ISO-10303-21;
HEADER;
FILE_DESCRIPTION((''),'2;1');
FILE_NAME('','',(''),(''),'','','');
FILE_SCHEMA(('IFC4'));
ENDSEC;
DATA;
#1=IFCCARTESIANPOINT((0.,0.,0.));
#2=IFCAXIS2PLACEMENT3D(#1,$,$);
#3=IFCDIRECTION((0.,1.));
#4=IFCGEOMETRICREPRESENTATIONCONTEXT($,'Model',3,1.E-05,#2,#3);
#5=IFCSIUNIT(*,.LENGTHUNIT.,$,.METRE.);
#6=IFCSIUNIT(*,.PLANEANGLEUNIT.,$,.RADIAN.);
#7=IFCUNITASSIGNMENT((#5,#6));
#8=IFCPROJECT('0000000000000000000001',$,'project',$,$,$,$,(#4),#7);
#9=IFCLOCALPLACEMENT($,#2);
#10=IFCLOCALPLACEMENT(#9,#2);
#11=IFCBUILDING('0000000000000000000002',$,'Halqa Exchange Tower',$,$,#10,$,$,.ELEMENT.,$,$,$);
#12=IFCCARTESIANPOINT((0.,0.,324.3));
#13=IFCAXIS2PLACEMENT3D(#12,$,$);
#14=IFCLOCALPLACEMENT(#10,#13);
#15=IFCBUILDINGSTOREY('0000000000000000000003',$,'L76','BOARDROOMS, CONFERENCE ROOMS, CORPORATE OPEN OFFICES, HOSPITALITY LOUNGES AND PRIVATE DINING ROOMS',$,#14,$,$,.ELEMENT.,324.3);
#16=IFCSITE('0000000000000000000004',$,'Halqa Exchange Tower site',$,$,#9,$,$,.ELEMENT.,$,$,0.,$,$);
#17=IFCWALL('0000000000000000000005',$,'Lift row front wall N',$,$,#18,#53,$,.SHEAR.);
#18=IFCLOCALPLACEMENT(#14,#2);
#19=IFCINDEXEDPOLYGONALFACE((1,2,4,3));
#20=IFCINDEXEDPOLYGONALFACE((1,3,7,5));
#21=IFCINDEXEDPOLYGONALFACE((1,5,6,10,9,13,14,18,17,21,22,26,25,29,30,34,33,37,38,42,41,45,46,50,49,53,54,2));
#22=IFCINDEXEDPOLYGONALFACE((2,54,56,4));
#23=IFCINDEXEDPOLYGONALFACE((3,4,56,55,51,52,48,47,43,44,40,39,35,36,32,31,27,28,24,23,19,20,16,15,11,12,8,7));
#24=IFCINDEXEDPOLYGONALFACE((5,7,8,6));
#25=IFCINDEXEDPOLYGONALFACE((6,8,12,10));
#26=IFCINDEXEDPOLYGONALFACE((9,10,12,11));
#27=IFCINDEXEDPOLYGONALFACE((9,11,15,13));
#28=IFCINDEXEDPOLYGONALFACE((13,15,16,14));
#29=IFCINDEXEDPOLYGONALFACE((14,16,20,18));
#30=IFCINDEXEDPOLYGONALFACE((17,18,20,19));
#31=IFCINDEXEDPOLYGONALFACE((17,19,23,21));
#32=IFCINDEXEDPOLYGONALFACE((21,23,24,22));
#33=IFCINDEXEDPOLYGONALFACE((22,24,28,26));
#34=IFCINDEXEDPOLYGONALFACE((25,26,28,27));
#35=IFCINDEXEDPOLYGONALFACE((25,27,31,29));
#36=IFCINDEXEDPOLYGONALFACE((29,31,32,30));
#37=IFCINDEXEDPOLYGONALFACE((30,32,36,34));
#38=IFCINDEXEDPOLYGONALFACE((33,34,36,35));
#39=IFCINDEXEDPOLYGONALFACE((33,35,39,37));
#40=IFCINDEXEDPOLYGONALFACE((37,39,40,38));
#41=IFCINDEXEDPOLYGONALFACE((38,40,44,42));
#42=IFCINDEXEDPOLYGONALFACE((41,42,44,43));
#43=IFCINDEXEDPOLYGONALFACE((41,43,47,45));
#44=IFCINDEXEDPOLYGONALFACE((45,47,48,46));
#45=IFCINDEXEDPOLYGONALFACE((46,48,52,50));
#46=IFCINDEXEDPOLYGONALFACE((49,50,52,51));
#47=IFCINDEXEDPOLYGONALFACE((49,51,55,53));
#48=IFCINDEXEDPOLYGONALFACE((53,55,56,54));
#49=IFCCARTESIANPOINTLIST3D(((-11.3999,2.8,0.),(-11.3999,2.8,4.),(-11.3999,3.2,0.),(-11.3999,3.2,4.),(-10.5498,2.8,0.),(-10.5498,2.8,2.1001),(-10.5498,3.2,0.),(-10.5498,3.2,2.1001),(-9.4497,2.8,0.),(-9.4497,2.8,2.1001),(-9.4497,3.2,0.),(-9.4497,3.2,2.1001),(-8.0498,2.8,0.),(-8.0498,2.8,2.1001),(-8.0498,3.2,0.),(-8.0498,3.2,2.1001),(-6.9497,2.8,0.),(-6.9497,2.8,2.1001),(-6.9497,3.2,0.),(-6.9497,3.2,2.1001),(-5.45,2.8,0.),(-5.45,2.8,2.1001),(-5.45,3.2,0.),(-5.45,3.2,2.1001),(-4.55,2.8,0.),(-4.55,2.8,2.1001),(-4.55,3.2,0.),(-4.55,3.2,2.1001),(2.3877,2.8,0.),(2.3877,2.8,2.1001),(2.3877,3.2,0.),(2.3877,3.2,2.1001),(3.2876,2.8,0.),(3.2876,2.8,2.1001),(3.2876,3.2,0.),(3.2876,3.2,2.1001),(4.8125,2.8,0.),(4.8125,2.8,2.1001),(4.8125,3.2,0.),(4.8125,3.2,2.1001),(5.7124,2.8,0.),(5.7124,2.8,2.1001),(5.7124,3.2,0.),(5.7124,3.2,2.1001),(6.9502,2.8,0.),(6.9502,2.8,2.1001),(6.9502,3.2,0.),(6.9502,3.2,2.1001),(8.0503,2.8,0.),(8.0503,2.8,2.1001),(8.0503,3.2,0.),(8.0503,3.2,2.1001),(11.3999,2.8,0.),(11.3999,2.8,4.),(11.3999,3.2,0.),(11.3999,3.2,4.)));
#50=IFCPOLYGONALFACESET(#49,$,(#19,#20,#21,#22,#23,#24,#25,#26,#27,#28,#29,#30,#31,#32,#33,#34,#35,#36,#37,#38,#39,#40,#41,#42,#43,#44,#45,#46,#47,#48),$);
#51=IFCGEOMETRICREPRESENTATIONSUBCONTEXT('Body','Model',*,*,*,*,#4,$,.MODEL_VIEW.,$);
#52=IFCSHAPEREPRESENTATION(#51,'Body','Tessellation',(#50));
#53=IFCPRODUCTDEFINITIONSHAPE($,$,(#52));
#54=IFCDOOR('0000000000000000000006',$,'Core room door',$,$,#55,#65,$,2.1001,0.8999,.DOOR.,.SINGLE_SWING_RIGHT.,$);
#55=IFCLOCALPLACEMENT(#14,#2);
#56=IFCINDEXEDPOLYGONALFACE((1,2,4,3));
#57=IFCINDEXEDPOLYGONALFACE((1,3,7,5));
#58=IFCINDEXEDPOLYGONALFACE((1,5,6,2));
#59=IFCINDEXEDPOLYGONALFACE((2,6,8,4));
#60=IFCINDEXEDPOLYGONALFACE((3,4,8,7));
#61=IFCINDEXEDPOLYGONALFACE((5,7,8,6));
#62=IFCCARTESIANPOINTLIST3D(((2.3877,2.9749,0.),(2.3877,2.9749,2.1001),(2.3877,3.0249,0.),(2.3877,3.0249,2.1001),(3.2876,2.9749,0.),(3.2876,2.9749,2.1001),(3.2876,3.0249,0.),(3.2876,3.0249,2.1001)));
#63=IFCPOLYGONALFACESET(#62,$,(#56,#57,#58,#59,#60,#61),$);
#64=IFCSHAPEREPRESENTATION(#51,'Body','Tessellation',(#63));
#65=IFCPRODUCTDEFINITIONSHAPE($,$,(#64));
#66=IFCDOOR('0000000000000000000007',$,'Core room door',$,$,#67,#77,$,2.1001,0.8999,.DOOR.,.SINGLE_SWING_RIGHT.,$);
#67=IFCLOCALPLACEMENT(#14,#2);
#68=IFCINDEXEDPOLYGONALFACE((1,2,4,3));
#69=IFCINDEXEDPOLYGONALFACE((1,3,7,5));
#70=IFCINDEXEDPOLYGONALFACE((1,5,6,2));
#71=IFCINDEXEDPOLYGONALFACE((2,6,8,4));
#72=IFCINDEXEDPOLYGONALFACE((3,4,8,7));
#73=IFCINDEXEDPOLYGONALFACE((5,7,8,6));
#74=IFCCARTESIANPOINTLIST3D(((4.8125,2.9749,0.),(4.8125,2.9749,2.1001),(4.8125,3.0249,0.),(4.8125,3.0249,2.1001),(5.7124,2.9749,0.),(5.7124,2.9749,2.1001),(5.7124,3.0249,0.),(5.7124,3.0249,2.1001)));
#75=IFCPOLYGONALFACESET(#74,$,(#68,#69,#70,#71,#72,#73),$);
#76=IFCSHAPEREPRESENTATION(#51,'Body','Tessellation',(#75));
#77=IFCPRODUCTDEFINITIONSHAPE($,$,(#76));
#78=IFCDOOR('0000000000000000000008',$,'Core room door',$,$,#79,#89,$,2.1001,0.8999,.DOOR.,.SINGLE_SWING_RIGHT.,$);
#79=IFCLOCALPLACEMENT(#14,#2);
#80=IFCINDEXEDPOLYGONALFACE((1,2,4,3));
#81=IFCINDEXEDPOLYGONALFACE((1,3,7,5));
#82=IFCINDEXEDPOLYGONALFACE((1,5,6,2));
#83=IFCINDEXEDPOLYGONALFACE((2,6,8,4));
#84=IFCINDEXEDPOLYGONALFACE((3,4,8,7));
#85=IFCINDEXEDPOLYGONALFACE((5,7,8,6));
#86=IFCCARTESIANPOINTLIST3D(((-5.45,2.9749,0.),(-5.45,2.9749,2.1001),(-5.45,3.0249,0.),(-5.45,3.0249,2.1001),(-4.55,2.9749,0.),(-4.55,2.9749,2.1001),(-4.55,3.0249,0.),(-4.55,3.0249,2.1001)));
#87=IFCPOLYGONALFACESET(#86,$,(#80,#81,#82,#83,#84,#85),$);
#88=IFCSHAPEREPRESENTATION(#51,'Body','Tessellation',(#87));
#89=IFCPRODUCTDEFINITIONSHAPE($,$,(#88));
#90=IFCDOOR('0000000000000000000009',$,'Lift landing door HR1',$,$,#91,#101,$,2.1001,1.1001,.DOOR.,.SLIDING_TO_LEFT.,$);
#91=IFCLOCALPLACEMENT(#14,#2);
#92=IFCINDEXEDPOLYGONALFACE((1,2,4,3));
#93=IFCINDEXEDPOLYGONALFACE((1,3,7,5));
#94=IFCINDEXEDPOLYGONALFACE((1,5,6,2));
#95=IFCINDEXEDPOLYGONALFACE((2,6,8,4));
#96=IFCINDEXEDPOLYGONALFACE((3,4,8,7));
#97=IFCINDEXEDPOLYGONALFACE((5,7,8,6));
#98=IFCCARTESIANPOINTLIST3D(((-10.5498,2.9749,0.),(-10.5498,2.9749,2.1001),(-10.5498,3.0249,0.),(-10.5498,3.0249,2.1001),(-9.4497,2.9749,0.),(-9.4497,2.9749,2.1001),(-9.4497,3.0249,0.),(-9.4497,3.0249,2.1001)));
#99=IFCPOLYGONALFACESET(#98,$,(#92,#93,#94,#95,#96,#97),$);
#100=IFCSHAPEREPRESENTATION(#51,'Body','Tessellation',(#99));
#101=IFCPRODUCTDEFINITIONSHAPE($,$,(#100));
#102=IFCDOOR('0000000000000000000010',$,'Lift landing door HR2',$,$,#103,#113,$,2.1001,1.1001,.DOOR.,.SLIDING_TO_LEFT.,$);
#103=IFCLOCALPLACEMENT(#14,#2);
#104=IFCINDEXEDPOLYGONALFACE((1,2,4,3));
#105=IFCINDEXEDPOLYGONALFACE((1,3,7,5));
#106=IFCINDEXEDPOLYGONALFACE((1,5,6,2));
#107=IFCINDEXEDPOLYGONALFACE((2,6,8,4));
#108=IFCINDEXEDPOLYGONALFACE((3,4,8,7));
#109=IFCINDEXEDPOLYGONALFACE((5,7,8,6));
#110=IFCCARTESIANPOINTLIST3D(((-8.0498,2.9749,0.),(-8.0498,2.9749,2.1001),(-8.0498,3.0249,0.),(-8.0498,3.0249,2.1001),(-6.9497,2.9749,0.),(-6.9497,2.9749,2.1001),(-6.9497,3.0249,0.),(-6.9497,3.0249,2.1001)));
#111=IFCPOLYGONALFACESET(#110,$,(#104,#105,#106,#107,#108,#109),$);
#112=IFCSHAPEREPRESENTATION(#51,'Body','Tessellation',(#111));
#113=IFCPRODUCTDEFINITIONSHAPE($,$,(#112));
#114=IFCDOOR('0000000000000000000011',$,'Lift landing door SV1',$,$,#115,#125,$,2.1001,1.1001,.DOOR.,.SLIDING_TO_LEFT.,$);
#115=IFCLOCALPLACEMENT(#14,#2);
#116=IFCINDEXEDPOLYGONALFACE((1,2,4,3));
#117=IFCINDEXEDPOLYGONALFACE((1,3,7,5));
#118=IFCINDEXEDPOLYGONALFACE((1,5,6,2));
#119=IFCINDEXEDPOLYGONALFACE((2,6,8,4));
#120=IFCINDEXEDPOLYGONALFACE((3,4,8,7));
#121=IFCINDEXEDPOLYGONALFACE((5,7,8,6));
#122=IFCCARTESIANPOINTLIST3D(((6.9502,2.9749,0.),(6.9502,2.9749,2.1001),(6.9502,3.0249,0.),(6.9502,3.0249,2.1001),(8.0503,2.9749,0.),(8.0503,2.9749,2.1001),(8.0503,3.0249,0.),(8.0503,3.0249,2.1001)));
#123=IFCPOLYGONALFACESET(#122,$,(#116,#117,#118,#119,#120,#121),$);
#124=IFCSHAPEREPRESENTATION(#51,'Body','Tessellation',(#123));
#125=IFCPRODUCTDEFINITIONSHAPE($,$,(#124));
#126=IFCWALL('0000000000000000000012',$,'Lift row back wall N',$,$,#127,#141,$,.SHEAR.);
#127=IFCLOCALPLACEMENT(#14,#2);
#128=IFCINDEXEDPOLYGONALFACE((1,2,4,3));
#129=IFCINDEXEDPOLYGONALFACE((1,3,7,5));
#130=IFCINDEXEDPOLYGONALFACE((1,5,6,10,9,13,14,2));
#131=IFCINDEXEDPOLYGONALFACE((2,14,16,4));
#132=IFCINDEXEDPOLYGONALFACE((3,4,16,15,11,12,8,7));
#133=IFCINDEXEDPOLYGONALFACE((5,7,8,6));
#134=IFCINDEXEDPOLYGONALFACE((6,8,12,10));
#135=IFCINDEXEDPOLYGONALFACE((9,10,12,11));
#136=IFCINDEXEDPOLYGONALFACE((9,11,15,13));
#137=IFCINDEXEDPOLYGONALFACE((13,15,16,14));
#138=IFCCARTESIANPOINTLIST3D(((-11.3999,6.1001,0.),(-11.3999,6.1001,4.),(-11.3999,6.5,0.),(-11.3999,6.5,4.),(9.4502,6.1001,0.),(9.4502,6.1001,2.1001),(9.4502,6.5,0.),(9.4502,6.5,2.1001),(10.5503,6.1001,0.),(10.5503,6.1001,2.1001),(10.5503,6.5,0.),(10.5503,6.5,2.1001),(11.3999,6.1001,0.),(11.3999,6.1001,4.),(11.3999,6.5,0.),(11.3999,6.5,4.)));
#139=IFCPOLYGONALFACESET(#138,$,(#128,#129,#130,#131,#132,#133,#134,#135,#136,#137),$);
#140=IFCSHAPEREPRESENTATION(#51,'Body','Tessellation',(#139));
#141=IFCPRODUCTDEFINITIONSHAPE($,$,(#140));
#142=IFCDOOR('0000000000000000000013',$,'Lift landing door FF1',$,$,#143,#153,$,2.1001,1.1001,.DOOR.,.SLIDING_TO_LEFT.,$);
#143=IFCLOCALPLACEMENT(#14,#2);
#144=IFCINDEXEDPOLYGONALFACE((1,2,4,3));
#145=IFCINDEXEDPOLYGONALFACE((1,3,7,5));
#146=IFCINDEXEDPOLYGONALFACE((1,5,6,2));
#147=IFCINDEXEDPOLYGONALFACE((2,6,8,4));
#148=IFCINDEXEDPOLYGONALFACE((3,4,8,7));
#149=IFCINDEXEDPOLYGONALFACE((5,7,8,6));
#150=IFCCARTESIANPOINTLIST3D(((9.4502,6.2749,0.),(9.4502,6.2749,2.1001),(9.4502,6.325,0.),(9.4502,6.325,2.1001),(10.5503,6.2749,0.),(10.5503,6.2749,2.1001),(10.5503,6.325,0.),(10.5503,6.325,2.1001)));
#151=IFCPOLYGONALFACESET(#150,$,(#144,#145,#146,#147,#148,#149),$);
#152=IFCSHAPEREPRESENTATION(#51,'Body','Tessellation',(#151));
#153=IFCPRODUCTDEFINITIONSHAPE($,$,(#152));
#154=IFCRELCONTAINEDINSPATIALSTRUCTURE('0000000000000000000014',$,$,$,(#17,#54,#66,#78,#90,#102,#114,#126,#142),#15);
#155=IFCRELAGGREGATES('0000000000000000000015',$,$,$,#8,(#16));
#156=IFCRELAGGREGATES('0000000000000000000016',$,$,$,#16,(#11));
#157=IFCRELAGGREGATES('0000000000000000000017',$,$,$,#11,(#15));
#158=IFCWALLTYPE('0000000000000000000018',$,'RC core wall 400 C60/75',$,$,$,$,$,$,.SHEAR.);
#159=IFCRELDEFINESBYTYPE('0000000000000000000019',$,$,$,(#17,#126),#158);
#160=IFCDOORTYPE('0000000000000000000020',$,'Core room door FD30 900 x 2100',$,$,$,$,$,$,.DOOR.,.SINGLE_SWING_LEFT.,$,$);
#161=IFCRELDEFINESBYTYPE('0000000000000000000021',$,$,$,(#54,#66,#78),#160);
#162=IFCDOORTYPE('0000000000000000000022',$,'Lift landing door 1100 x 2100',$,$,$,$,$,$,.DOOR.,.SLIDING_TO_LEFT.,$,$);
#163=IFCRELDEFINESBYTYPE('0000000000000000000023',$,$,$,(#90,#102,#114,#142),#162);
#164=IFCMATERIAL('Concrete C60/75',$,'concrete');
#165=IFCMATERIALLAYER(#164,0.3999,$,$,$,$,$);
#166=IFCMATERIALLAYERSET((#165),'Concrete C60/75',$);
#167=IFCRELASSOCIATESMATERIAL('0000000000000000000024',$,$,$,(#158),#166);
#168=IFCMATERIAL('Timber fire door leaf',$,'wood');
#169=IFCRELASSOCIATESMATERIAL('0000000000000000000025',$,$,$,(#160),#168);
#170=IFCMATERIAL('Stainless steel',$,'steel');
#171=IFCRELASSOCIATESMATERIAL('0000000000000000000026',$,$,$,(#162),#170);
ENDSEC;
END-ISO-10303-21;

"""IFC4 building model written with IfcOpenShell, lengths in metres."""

from ifc_helpers import new_model, si_unit, direction, frame, frame_2d, origin, place, context, subcontext, project, spatial, rectangle, extrude, material, layer, layer_set, type_object, element, fill, save


model = new_model("IFC4")

# Units and contexts
model_context = context("Model", 3, precision=1e-05, world=origin(), true_north=direction((0.0, 1.0)))
body_context = subcontext(model_context, "Body", "Model", "MODEL_VIEW")
ifc_project = project(units=[si_unit("LENGTHUNIT", "METRE"), si_unit("PLANEANGLEUNIT", "RADIAN")], contexts=[model_context])

# Site, building, storey
site_placement = place(None, origin())
site = spatial("IfcSite", under=ifc_project, at=site_placement, Name="Halqa Exchange Tower site", CompositionType="ELEMENT", RefElevation=0.0)
building_placement = place(site_placement, origin())
building = spatial("IfcBuilding", under=site, at=building_placement, Name="Halqa Exchange Tower", CompositionType="ELEMENT")
storey_placement = place(building_placement, frame((0.0, 0.0, 324.3)))
storey = spatial("IfcBuildingStorey", under=building, at=storey_placement, Name="L76", Description="BOARDROOMS, CONFERENCE ROOMS, CORPORATE OPEN OFFICES, HOSPITALITY LOUNGES AND PRIVATE DINING ROOMS", CompositionType="ELEMENT", Elevation=324.3)

# Shared definitions
ifc_material_1 = material(Name="Concrete C60/75", Category="concrete")

# Wall, openings, doors
ifc_layer_1 = layer(ifc_material_1, 0.3999)
ifc_layer_set_1 = layer_set([ifc_layer_1], Name="Concrete C60/75")
wall_type_1 = type_object("IfcWallType", Name="RC core wall 400 C60/75", PredefinedType="SHEAR", material=ifc_layer_set_1)
wall_1_placement = place(storey_placement, frame((-11.3999, 3.0, 0.0), z_axis=(0.0, 0.0, 1.0), x_axis=(1.0, 0.0, 0.0)))
wall_1 = element("IfcWall", 1, at=wall_1_placement, inside=storey, type_object=wall_type_1, Name="Lift row front wall N", PredefinedType="SHEAR", context=body_context, shape_type="SweptSolid", body=[
    extrude(rectangle(XDim=22.7998, YDim=0.3999, at=frame_2d((11.3999, 0.0))), origin(), (0.0, 0.0, 1.0), 4.0),
])
opening_1_placement = place(wall_1_placement, frame((0.8501, 0.0, 0.0)))
opening_1 = element("IfcOpeningElement", 2, at=opening_1_placement, cuts=wall_1, PredefinedType="OPENING", context=body_context, shape_type="SweptSolid", body=[
    extrude(rectangle(XDim=1.1001, YDim=2.1001, at=frame_2d((0.55, 1.05))), frame((0.0, 0.2119, 0.0), z_axis=(0.0, -1.0, 0.0), x_axis=(1.0, 0.0, 0.0)), (0.0, 0.0, 1.0), 0.4238),
])
opening_2_placement = place(wall_1_placement, frame((3.3501, 0.0, 0.0)))
opening_2 = element("IfcOpeningElement", 3, at=opening_2_placement, cuts=wall_1, PredefinedType="OPENING", context=body_context, shape_type="SweptSolid", body=[
    extrude(rectangle(XDim=1.1001, YDim=2.1001, at=frame_2d((0.55, 1.05))), frame((0.0, 0.2119, 0.0), z_axis=(0.0, -1.0, 0.0), x_axis=(1.0, 0.0, 0.0)), (0.0, 0.0, 1.0), 0.4238),
])
opening_3_placement = place(wall_1_placement, frame((18.3501, 0.0, 0.0)))
opening_3 = element("IfcOpeningElement", 4, at=opening_3_placement, cuts=wall_1, PredefinedType="OPENING", context=body_context, shape_type="SweptSolid", body=[
    extrude(rectangle(XDim=1.1001, YDim=2.1001, at=frame_2d((0.55, 1.05))), frame((0.0, 0.2119, 0.0), z_axis=(0.0, -1.0, 0.0), x_axis=(1.0, 0.0, 0.0)), (0.0, 0.0, 1.0), 0.4238),
])
opening_4_placement = place(wall_1_placement, frame((13.7876, 0.0, 0.0)))
opening_4 = element("IfcOpeningElement", 5, at=opening_4_placement, cuts=wall_1, PredefinedType="OPENING", context=body_context, shape_type="SweptSolid", body=[
    extrude(rectangle(XDim=0.8999, YDim=2.1001, at=frame_2d((0.45, 1.05))), frame((0.0, 0.2119, 0.0), z_axis=(0.0, -1.0, 0.0), x_axis=(1.0, 0.0, 0.0)), (0.0, 0.0, 1.0), 0.4238),
])
opening_5_placement = place(wall_1_placement, frame((16.2124, 0.0, 0.0)))
opening_5 = element("IfcOpeningElement", 6, at=opening_5_placement, cuts=wall_1, PredefinedType="OPENING", context=body_context, shape_type="SweptSolid", body=[
    extrude(rectangle(XDim=0.8999, YDim=2.1001, at=frame_2d((0.45, 1.05))), frame((0.0, 0.2119, 0.0), z_axis=(0.0, -1.0, 0.0), x_axis=(1.0, 0.0, 0.0)), (0.0, 0.0, 1.0), 0.4238),
])
opening_6_placement = place(wall_1_placement, frame((5.95, 0.0, 0.0)))
opening_6 = element("IfcOpeningElement", 7, at=opening_6_placement, cuts=wall_1, PredefinedType="OPENING", context=body_context, shape_type="SweptSolid", body=[
    extrude(rectangle(XDim=0.8999, YDim=2.1001, at=frame_2d((0.45, 1.05))), frame((0.0, 0.2119, 0.0), z_axis=(0.0, -1.0, 0.0), x_axis=(1.0, 0.0, 0.0)), (0.0, 0.0, 1.0), 0.4238),
])
ifc_material_2 = material(Name="Timber fire door leaf", Category="wood")
door_type_1 = type_object("IfcDoorType", Name="Core room door FD30 900 x 2100", OperationType="SINGLE_SWING_LEFT", PredefinedType="DOOR", material=ifc_material_2)
door_1_placement = place(opening_4_placement, origin())
door_1 = element("IfcDoor", 8, at=door_1_placement, inside=storey, type_object=door_type_1, Name="Core room door", OperationType="SINGLE_SWING_RIGHT", OverallHeight=2.1001, OverallWidth=0.8999, PredefinedType="DOOR", context=body_context, shape_type="SweptSolid", body=[
    extrude(rectangle(XDim=0.8999, YDim=2.1001, at=frame_2d((0.45, 1.05))), frame((0.0, 0.0249, 0.0), z_axis=(0.0, -1.0, 0.0), x_axis=(1.0, 0.0, 0.0)), (0.0, 0.0, 1.0), 0.05),
])
fill(opening_4, door_1)
door_2_placement = place(opening_5_placement, origin())
door_2 = element("IfcDoor", 9, at=door_2_placement, inside=storey, type_object=door_type_1, Name="Core room door", OperationType="SINGLE_SWING_RIGHT", OverallHeight=2.1001, OverallWidth=0.8999, PredefinedType="DOOR", context=body_context, shape_type="SweptSolid", body=[
    extrude(rectangle(XDim=0.8999, YDim=2.1001, at=frame_2d((0.45, 1.05))), frame((0.0, 0.0249, 0.0), z_axis=(0.0, -1.0, 0.0), x_axis=(1.0, 0.0, 0.0)), (0.0, 0.0, 1.0), 0.05),
])
fill(opening_5, door_2)
door_3_placement = place(opening_6_placement, origin())
door_3 = element("IfcDoor", 10, at=door_3_placement, inside=storey, type_object=door_type_1, Name="Core room door", OperationType="SINGLE_SWING_RIGHT", OverallHeight=2.1001, OverallWidth=0.8999, PredefinedType="DOOR", context=body_context, shape_type="SweptSolid", body=[
    extrude(rectangle(XDim=0.8999, YDim=2.1001, at=frame_2d((0.45, 1.05))), frame((0.0, 0.0249, 0.0), z_axis=(0.0, -1.0, 0.0), x_axis=(1.0, 0.0, 0.0)), (0.0, 0.0, 1.0), 0.05),
])
fill(opening_6, door_3)
ifc_material_3 = material(Name="Stainless steel", Category="steel")
door_type_2 = type_object("IfcDoorType", Name="Lift landing door 1100 x 2100", OperationType="SLIDING_TO_LEFT", PredefinedType="DOOR", material=ifc_material_3)
door_4_placement = place(opening_1_placement, origin())
door_4 = element("IfcDoor", 11, at=door_4_placement, inside=storey, type_object=door_type_2, Name="Lift landing door HR1", OperationType="SLIDING_TO_LEFT", OverallHeight=2.1001, OverallWidth=1.1001, PredefinedType="DOOR", context=body_context, shape_type="SweptSolid", body=[
    extrude(rectangle(XDim=1.1001, YDim=2.1001, at=frame_2d((0.55, 1.05))), frame((0.0, 0.0249, 0.0), z_axis=(0.0, -1.0, 0.0), x_axis=(1.0, 0.0, 0.0)), (0.0, 0.0, 1.0), 0.05),
])
fill(opening_1, door_4)
door_5_placement = place(opening_2_placement, origin())
door_5 = element("IfcDoor", 12, at=door_5_placement, inside=storey, type_object=door_type_2, Name="Lift landing door HR2", OperationType="SLIDING_TO_LEFT", OverallHeight=2.1001, OverallWidth=1.1001, PredefinedType="DOOR", context=body_context, shape_type="SweptSolid", body=[
    extrude(rectangle(XDim=1.1001, YDim=2.1001, at=frame_2d((0.55, 1.05))), frame((0.0, 0.0249, 0.0), z_axis=(0.0, -1.0, 0.0), x_axis=(1.0, 0.0, 0.0)), (0.0, 0.0, 1.0), 0.05),
])
fill(opening_2, door_5)
door_6_placement = place(opening_3_placement, origin())
door_6 = element("IfcDoor", 13, at=door_6_placement, inside=storey, type_object=door_type_2, Name="Lift landing door SV1", OperationType="SLIDING_TO_LEFT", OverallHeight=2.1001, OverallWidth=1.1001, PredefinedType="DOOR", context=body_context, shape_type="SweptSolid", body=[
    extrude(rectangle(XDim=1.1001, YDim=2.1001, at=frame_2d((0.55, 1.05))), frame((0.0, 0.0249, 0.0), z_axis=(0.0, -1.0, 0.0), x_axis=(1.0, 0.0, 0.0)), (0.0, 0.0, 1.0), 0.05),
])
fill(opening_3, door_6)

# Wall, opening, door
wall_2_placement = place(storey_placement, frame((-11.3999, 6.3, 0.0), z_axis=(0.0, 0.0, 1.0), x_axis=(1.0, 0.0, 0.0)))
wall_2 = element("IfcWall", 14, at=wall_2_placement, inside=storey, type_object=wall_type_1, Name="Lift row back wall N", PredefinedType="SHEAR", context=body_context, shape_type="SweptSolid", body=[
    extrude(rectangle(XDim=22.7998, YDim=0.3999, at=frame_2d((11.3999, 0.0))), origin(), (0.0, 0.0, 1.0), 4.0),
])
opening_7_placement = place(wall_2_placement, frame((20.8501, 0.0, 0.0)))
opening_7 = element("IfcOpeningElement", 15, at=opening_7_placement, cuts=wall_2, PredefinedType="OPENING", context=body_context, shape_type="SweptSolid", body=[
    extrude(rectangle(XDim=1.1001, YDim=2.1001, at=frame_2d((0.55, 1.05))), frame((0.0, 0.2119, 0.0), z_axis=(0.0, -1.0, 0.0), x_axis=(1.0, 0.0, 0.0)), (0.0, 0.0, 1.0), 0.4238),
])
door_7_placement = place(opening_7_placement, origin())
door_7 = element("IfcDoor", 16, at=door_7_placement, inside=storey, type_object=door_type_2, Name="Lift landing door FF1", OperationType="SLIDING_TO_LEFT", OverallHeight=2.1001, OverallWidth=1.1001, PredefinedType="DOOR", context=body_context, shape_type="SweptSolid", body=[
    extrude(rectangle(XDim=1.1001, YDim=2.1001, at=frame_2d((0.55, 1.05))), frame((0.0, 0.0249, 0.0), z_axis=(0.0, -1.0, 0.0), x_axis=(1.0, 0.0, 0.0)), (0.0, 0.0, 1.0), 0.05),
])
fill(opening_7, door_7)

save(model, "model.ifc")
